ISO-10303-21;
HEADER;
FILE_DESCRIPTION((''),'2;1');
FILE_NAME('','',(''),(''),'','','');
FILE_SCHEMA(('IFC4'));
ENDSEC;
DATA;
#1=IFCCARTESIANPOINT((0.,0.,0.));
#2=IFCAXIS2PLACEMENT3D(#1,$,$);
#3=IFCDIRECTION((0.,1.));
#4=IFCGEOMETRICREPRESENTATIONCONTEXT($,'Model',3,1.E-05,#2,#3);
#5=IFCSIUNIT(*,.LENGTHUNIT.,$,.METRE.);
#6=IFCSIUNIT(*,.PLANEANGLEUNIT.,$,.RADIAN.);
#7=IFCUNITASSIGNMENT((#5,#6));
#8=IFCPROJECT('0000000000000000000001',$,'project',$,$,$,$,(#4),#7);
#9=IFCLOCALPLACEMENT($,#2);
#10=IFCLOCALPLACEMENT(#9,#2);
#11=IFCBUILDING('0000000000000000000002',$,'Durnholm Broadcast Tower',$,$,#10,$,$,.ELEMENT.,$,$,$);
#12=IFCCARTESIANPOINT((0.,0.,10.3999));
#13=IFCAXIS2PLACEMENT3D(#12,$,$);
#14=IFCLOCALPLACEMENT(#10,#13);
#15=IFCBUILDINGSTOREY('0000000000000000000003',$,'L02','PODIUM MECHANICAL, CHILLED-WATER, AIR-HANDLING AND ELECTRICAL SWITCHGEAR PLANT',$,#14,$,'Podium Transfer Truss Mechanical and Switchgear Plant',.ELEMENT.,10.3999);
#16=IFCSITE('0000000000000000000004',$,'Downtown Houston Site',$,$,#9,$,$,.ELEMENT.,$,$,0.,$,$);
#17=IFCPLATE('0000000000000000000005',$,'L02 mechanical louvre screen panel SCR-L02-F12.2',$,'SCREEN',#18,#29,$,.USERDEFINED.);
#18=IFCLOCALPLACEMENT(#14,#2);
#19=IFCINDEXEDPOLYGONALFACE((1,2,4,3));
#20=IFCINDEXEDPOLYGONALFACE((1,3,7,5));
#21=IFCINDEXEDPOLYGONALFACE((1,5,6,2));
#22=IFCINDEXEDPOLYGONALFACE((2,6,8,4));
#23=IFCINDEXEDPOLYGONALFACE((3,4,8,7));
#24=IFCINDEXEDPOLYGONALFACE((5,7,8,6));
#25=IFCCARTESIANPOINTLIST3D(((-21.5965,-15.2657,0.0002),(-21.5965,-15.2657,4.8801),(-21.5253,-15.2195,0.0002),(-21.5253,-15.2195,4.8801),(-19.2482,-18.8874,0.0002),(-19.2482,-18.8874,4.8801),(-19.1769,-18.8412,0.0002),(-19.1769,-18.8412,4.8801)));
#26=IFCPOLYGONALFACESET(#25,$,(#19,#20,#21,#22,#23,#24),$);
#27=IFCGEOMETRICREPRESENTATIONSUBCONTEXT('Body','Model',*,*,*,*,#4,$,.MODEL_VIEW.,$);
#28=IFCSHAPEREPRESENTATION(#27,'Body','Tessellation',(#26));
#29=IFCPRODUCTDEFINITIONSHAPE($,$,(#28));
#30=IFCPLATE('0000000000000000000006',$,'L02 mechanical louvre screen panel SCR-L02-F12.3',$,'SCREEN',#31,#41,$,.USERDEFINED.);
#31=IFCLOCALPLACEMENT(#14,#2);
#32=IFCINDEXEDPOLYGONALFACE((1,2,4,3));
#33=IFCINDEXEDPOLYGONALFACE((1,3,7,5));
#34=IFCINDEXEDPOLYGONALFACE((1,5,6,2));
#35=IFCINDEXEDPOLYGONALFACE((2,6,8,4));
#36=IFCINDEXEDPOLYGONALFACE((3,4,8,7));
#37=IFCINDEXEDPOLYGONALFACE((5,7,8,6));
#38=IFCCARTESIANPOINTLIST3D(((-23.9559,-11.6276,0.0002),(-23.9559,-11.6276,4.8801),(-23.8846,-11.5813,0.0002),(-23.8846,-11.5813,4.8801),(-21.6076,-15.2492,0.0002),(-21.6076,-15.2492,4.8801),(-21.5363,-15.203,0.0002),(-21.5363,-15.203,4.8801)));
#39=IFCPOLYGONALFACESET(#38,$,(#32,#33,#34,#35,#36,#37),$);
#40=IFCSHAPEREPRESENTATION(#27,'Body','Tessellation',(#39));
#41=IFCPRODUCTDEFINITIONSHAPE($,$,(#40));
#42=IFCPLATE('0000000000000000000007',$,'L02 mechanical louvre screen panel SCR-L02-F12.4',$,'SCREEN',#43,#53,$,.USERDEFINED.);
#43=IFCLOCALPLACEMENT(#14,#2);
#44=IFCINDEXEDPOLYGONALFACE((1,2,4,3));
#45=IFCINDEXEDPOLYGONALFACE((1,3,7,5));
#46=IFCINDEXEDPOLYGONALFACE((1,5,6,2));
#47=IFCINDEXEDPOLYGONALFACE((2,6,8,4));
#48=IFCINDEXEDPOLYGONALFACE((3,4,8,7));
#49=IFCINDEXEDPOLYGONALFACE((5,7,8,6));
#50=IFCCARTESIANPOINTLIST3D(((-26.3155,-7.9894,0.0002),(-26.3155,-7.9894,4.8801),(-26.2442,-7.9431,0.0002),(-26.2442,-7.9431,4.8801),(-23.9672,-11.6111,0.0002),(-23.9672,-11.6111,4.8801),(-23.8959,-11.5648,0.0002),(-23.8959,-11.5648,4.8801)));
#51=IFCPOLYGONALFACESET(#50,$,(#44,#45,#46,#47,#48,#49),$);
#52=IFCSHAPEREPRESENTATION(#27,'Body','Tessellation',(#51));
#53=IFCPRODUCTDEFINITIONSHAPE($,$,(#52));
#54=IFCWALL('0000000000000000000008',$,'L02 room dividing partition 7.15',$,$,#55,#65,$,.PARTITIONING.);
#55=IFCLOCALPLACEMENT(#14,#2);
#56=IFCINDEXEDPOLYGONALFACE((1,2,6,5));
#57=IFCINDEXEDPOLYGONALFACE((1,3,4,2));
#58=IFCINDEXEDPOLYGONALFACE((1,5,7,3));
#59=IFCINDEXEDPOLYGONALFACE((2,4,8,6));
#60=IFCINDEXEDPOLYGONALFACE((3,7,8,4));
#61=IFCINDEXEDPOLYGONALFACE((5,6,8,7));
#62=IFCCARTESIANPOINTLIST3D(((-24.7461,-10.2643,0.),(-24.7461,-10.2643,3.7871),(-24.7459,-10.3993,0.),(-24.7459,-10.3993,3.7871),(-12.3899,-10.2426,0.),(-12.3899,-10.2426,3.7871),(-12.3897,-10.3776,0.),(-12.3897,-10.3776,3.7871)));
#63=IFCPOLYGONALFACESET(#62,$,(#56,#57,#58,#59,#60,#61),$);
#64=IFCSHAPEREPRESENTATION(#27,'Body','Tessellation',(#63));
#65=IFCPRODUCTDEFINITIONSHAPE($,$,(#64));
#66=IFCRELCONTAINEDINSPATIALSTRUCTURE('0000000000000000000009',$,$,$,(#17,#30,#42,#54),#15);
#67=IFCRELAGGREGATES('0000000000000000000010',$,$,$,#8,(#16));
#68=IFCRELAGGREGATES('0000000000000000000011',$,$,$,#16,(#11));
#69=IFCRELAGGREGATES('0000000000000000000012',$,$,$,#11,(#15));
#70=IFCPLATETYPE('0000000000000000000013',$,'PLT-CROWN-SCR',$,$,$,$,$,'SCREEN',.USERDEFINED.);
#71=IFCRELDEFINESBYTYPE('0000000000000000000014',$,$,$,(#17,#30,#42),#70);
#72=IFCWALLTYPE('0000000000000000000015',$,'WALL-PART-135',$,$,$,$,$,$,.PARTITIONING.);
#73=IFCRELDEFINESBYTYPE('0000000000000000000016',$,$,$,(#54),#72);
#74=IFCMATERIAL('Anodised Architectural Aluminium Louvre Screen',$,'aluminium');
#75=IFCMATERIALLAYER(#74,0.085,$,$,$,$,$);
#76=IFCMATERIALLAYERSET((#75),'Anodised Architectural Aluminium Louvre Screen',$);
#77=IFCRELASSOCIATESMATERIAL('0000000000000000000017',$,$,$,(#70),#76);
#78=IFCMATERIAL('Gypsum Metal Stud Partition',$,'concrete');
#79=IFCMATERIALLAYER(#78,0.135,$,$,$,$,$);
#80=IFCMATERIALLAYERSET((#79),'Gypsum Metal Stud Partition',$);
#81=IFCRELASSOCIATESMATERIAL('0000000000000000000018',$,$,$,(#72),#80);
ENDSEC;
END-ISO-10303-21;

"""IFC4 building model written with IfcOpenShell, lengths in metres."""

from ifc_helpers import new_model, si_unit, direction, frame, frame_2d, origin, origin_2d, place, context, subcontext, project, spatial, rectangle, extrude, source, transform, mapped, material, layer, layer_set, type_object, element, save


model = new_model("IFC4")

# Units and contexts
model_context = context("Model", 3, precision=1e-05, world=origin(), true_north=direction((0.0, 1.0)))
body_context = subcontext(model_context, "Body", "Model", "MODEL_VIEW")
ifc_project = project(units=[si_unit("LENGTHUNIT", "METRE"), si_unit("PLANEANGLEUNIT", "RADIAN")], contexts=[model_context])

# Site, building, storey
site_placement = place(None, origin())
site = spatial("IfcSite", under=ifc_project, at=site_placement, Name="Downtown Houston Site", CompositionType="ELEMENT", RefElevation=0.0)
building_placement = place(site_placement, origin())
building = spatial("IfcBuilding", under=site, at=building_placement, Name="Durnholm Broadcast Tower", CompositionType="ELEMENT")
storey_placement = place(building_placement, frame((0.0, 0.0, 10.3999)))
storey = spatial("IfcBuildingStorey", under=building, at=storey_placement, Name="L02", Description="PODIUM MECHANICAL, CHILLED-WATER, AIR-HANDLING AND ELECTRICAL SWITCHGEAR PLANT", LongName="Podium Transfer Truss Mechanical and Switchgear Plant", CompositionType="ELEMENT", Elevation=10.3999)

# Plates
ifc_material_1 = material(Name="Anodised Architectural Aluminium Louvre Screen", Category="aluminium")
ifc_layer_1 = layer(ifc_material_1, 0.085)
ifc_layer_set_1 = layer_set([ifc_layer_1], Name="Anodised Architectural Aluminium Louvre Screen")
plate_type_1 = type_object("IfcPlateType", Name="PLT-CROWN-SCR", ElementType="SCREEN", PredefinedType="USERDEFINED", material=ifc_layer_set_1)
shared_shape_1 = source(origin(), body_context, "Body", "SweptSolid", [
    extrude(rectangle(XDim=4.3164, YDim=0.085, at=origin_2d()), origin(), (0.0, 0.0, 1.0), 4.8799),
])
for number, where, z_axis, x_axis, name in (
    (1, (-20.3867, -17.0535, 0.0002), (0.0, 0.0, 1.0), (-0.544053, 0.839051, 0.0), "L02 mechanical louvre screen panel SCR-L02-F12.2"),
    (2, (-22.7461, -13.4153, 0.0002), (0.0, 0.0, 1.0), (-0.544053, 0.839051, 0.0), "L02 mechanical louvre screen panel SCR-L02-F12.3"),
    (3, (-25.1057, -9.7771, 0.0002), (0.0, 0.0, 1.0), (-0.544053, 0.839051, 0.0), "L02 mechanical louvre screen panel SCR-L02-F12.4"),
):
    element("IfcPlate", number, at=place(storey_placement, frame(where, z_axis=z_axis, x_axis=x_axis)), inside=storey, type_object=plate_type_1, Name=name, ObjectType="SCREEN", PredefinedType="USERDEFINED", context=body_context, shape_type="MappedRepresentation", body=[
        mapped(shared_shape_1, transform((0.0, 0.0, 0.0), x_axis=(1.0, 0.0, 0.0), y_axis=(0.0, 1.0, 0.0), z_axis=(0.0, 0.0, 1.0), scale=1.0)),
    ])

# Wall
ifc_material_2 = material(Name="Gypsum Metal Stud Partition", Category="concrete")
ifc_layer_2 = layer(ifc_material_2, 0.135)
ifc_layer_set_2 = layer_set([ifc_layer_2], Name="Gypsum Metal Stud Partition")
wall_type = type_object("IfcWallType", Name="WALL-PART-135", PredefinedType="PARTITIONING", material=ifc_layer_set_2)
wall_placement = place(storey_placement, frame((-24.7461, -10.3318, 0.0), z_axis=(0.0, 0.0, 1.0), x_axis=(0.999998, 0.001759, 0.0)))
element("IfcWall", 4, at=wall_placement, inside=storey, type_object=wall_type, Name="L02 room dividing partition 7.15", PredefinedType="PARTITIONING", context=body_context, shape_type="SweptSolid", body=[
    extrude(rectangle(XDim=12.3562, YDim=0.135, at=frame_2d((6.1782, 0.0))), origin(), (0.0, 0.0, 1.0), 3.7871),
])

save(model, "model.ifc")
